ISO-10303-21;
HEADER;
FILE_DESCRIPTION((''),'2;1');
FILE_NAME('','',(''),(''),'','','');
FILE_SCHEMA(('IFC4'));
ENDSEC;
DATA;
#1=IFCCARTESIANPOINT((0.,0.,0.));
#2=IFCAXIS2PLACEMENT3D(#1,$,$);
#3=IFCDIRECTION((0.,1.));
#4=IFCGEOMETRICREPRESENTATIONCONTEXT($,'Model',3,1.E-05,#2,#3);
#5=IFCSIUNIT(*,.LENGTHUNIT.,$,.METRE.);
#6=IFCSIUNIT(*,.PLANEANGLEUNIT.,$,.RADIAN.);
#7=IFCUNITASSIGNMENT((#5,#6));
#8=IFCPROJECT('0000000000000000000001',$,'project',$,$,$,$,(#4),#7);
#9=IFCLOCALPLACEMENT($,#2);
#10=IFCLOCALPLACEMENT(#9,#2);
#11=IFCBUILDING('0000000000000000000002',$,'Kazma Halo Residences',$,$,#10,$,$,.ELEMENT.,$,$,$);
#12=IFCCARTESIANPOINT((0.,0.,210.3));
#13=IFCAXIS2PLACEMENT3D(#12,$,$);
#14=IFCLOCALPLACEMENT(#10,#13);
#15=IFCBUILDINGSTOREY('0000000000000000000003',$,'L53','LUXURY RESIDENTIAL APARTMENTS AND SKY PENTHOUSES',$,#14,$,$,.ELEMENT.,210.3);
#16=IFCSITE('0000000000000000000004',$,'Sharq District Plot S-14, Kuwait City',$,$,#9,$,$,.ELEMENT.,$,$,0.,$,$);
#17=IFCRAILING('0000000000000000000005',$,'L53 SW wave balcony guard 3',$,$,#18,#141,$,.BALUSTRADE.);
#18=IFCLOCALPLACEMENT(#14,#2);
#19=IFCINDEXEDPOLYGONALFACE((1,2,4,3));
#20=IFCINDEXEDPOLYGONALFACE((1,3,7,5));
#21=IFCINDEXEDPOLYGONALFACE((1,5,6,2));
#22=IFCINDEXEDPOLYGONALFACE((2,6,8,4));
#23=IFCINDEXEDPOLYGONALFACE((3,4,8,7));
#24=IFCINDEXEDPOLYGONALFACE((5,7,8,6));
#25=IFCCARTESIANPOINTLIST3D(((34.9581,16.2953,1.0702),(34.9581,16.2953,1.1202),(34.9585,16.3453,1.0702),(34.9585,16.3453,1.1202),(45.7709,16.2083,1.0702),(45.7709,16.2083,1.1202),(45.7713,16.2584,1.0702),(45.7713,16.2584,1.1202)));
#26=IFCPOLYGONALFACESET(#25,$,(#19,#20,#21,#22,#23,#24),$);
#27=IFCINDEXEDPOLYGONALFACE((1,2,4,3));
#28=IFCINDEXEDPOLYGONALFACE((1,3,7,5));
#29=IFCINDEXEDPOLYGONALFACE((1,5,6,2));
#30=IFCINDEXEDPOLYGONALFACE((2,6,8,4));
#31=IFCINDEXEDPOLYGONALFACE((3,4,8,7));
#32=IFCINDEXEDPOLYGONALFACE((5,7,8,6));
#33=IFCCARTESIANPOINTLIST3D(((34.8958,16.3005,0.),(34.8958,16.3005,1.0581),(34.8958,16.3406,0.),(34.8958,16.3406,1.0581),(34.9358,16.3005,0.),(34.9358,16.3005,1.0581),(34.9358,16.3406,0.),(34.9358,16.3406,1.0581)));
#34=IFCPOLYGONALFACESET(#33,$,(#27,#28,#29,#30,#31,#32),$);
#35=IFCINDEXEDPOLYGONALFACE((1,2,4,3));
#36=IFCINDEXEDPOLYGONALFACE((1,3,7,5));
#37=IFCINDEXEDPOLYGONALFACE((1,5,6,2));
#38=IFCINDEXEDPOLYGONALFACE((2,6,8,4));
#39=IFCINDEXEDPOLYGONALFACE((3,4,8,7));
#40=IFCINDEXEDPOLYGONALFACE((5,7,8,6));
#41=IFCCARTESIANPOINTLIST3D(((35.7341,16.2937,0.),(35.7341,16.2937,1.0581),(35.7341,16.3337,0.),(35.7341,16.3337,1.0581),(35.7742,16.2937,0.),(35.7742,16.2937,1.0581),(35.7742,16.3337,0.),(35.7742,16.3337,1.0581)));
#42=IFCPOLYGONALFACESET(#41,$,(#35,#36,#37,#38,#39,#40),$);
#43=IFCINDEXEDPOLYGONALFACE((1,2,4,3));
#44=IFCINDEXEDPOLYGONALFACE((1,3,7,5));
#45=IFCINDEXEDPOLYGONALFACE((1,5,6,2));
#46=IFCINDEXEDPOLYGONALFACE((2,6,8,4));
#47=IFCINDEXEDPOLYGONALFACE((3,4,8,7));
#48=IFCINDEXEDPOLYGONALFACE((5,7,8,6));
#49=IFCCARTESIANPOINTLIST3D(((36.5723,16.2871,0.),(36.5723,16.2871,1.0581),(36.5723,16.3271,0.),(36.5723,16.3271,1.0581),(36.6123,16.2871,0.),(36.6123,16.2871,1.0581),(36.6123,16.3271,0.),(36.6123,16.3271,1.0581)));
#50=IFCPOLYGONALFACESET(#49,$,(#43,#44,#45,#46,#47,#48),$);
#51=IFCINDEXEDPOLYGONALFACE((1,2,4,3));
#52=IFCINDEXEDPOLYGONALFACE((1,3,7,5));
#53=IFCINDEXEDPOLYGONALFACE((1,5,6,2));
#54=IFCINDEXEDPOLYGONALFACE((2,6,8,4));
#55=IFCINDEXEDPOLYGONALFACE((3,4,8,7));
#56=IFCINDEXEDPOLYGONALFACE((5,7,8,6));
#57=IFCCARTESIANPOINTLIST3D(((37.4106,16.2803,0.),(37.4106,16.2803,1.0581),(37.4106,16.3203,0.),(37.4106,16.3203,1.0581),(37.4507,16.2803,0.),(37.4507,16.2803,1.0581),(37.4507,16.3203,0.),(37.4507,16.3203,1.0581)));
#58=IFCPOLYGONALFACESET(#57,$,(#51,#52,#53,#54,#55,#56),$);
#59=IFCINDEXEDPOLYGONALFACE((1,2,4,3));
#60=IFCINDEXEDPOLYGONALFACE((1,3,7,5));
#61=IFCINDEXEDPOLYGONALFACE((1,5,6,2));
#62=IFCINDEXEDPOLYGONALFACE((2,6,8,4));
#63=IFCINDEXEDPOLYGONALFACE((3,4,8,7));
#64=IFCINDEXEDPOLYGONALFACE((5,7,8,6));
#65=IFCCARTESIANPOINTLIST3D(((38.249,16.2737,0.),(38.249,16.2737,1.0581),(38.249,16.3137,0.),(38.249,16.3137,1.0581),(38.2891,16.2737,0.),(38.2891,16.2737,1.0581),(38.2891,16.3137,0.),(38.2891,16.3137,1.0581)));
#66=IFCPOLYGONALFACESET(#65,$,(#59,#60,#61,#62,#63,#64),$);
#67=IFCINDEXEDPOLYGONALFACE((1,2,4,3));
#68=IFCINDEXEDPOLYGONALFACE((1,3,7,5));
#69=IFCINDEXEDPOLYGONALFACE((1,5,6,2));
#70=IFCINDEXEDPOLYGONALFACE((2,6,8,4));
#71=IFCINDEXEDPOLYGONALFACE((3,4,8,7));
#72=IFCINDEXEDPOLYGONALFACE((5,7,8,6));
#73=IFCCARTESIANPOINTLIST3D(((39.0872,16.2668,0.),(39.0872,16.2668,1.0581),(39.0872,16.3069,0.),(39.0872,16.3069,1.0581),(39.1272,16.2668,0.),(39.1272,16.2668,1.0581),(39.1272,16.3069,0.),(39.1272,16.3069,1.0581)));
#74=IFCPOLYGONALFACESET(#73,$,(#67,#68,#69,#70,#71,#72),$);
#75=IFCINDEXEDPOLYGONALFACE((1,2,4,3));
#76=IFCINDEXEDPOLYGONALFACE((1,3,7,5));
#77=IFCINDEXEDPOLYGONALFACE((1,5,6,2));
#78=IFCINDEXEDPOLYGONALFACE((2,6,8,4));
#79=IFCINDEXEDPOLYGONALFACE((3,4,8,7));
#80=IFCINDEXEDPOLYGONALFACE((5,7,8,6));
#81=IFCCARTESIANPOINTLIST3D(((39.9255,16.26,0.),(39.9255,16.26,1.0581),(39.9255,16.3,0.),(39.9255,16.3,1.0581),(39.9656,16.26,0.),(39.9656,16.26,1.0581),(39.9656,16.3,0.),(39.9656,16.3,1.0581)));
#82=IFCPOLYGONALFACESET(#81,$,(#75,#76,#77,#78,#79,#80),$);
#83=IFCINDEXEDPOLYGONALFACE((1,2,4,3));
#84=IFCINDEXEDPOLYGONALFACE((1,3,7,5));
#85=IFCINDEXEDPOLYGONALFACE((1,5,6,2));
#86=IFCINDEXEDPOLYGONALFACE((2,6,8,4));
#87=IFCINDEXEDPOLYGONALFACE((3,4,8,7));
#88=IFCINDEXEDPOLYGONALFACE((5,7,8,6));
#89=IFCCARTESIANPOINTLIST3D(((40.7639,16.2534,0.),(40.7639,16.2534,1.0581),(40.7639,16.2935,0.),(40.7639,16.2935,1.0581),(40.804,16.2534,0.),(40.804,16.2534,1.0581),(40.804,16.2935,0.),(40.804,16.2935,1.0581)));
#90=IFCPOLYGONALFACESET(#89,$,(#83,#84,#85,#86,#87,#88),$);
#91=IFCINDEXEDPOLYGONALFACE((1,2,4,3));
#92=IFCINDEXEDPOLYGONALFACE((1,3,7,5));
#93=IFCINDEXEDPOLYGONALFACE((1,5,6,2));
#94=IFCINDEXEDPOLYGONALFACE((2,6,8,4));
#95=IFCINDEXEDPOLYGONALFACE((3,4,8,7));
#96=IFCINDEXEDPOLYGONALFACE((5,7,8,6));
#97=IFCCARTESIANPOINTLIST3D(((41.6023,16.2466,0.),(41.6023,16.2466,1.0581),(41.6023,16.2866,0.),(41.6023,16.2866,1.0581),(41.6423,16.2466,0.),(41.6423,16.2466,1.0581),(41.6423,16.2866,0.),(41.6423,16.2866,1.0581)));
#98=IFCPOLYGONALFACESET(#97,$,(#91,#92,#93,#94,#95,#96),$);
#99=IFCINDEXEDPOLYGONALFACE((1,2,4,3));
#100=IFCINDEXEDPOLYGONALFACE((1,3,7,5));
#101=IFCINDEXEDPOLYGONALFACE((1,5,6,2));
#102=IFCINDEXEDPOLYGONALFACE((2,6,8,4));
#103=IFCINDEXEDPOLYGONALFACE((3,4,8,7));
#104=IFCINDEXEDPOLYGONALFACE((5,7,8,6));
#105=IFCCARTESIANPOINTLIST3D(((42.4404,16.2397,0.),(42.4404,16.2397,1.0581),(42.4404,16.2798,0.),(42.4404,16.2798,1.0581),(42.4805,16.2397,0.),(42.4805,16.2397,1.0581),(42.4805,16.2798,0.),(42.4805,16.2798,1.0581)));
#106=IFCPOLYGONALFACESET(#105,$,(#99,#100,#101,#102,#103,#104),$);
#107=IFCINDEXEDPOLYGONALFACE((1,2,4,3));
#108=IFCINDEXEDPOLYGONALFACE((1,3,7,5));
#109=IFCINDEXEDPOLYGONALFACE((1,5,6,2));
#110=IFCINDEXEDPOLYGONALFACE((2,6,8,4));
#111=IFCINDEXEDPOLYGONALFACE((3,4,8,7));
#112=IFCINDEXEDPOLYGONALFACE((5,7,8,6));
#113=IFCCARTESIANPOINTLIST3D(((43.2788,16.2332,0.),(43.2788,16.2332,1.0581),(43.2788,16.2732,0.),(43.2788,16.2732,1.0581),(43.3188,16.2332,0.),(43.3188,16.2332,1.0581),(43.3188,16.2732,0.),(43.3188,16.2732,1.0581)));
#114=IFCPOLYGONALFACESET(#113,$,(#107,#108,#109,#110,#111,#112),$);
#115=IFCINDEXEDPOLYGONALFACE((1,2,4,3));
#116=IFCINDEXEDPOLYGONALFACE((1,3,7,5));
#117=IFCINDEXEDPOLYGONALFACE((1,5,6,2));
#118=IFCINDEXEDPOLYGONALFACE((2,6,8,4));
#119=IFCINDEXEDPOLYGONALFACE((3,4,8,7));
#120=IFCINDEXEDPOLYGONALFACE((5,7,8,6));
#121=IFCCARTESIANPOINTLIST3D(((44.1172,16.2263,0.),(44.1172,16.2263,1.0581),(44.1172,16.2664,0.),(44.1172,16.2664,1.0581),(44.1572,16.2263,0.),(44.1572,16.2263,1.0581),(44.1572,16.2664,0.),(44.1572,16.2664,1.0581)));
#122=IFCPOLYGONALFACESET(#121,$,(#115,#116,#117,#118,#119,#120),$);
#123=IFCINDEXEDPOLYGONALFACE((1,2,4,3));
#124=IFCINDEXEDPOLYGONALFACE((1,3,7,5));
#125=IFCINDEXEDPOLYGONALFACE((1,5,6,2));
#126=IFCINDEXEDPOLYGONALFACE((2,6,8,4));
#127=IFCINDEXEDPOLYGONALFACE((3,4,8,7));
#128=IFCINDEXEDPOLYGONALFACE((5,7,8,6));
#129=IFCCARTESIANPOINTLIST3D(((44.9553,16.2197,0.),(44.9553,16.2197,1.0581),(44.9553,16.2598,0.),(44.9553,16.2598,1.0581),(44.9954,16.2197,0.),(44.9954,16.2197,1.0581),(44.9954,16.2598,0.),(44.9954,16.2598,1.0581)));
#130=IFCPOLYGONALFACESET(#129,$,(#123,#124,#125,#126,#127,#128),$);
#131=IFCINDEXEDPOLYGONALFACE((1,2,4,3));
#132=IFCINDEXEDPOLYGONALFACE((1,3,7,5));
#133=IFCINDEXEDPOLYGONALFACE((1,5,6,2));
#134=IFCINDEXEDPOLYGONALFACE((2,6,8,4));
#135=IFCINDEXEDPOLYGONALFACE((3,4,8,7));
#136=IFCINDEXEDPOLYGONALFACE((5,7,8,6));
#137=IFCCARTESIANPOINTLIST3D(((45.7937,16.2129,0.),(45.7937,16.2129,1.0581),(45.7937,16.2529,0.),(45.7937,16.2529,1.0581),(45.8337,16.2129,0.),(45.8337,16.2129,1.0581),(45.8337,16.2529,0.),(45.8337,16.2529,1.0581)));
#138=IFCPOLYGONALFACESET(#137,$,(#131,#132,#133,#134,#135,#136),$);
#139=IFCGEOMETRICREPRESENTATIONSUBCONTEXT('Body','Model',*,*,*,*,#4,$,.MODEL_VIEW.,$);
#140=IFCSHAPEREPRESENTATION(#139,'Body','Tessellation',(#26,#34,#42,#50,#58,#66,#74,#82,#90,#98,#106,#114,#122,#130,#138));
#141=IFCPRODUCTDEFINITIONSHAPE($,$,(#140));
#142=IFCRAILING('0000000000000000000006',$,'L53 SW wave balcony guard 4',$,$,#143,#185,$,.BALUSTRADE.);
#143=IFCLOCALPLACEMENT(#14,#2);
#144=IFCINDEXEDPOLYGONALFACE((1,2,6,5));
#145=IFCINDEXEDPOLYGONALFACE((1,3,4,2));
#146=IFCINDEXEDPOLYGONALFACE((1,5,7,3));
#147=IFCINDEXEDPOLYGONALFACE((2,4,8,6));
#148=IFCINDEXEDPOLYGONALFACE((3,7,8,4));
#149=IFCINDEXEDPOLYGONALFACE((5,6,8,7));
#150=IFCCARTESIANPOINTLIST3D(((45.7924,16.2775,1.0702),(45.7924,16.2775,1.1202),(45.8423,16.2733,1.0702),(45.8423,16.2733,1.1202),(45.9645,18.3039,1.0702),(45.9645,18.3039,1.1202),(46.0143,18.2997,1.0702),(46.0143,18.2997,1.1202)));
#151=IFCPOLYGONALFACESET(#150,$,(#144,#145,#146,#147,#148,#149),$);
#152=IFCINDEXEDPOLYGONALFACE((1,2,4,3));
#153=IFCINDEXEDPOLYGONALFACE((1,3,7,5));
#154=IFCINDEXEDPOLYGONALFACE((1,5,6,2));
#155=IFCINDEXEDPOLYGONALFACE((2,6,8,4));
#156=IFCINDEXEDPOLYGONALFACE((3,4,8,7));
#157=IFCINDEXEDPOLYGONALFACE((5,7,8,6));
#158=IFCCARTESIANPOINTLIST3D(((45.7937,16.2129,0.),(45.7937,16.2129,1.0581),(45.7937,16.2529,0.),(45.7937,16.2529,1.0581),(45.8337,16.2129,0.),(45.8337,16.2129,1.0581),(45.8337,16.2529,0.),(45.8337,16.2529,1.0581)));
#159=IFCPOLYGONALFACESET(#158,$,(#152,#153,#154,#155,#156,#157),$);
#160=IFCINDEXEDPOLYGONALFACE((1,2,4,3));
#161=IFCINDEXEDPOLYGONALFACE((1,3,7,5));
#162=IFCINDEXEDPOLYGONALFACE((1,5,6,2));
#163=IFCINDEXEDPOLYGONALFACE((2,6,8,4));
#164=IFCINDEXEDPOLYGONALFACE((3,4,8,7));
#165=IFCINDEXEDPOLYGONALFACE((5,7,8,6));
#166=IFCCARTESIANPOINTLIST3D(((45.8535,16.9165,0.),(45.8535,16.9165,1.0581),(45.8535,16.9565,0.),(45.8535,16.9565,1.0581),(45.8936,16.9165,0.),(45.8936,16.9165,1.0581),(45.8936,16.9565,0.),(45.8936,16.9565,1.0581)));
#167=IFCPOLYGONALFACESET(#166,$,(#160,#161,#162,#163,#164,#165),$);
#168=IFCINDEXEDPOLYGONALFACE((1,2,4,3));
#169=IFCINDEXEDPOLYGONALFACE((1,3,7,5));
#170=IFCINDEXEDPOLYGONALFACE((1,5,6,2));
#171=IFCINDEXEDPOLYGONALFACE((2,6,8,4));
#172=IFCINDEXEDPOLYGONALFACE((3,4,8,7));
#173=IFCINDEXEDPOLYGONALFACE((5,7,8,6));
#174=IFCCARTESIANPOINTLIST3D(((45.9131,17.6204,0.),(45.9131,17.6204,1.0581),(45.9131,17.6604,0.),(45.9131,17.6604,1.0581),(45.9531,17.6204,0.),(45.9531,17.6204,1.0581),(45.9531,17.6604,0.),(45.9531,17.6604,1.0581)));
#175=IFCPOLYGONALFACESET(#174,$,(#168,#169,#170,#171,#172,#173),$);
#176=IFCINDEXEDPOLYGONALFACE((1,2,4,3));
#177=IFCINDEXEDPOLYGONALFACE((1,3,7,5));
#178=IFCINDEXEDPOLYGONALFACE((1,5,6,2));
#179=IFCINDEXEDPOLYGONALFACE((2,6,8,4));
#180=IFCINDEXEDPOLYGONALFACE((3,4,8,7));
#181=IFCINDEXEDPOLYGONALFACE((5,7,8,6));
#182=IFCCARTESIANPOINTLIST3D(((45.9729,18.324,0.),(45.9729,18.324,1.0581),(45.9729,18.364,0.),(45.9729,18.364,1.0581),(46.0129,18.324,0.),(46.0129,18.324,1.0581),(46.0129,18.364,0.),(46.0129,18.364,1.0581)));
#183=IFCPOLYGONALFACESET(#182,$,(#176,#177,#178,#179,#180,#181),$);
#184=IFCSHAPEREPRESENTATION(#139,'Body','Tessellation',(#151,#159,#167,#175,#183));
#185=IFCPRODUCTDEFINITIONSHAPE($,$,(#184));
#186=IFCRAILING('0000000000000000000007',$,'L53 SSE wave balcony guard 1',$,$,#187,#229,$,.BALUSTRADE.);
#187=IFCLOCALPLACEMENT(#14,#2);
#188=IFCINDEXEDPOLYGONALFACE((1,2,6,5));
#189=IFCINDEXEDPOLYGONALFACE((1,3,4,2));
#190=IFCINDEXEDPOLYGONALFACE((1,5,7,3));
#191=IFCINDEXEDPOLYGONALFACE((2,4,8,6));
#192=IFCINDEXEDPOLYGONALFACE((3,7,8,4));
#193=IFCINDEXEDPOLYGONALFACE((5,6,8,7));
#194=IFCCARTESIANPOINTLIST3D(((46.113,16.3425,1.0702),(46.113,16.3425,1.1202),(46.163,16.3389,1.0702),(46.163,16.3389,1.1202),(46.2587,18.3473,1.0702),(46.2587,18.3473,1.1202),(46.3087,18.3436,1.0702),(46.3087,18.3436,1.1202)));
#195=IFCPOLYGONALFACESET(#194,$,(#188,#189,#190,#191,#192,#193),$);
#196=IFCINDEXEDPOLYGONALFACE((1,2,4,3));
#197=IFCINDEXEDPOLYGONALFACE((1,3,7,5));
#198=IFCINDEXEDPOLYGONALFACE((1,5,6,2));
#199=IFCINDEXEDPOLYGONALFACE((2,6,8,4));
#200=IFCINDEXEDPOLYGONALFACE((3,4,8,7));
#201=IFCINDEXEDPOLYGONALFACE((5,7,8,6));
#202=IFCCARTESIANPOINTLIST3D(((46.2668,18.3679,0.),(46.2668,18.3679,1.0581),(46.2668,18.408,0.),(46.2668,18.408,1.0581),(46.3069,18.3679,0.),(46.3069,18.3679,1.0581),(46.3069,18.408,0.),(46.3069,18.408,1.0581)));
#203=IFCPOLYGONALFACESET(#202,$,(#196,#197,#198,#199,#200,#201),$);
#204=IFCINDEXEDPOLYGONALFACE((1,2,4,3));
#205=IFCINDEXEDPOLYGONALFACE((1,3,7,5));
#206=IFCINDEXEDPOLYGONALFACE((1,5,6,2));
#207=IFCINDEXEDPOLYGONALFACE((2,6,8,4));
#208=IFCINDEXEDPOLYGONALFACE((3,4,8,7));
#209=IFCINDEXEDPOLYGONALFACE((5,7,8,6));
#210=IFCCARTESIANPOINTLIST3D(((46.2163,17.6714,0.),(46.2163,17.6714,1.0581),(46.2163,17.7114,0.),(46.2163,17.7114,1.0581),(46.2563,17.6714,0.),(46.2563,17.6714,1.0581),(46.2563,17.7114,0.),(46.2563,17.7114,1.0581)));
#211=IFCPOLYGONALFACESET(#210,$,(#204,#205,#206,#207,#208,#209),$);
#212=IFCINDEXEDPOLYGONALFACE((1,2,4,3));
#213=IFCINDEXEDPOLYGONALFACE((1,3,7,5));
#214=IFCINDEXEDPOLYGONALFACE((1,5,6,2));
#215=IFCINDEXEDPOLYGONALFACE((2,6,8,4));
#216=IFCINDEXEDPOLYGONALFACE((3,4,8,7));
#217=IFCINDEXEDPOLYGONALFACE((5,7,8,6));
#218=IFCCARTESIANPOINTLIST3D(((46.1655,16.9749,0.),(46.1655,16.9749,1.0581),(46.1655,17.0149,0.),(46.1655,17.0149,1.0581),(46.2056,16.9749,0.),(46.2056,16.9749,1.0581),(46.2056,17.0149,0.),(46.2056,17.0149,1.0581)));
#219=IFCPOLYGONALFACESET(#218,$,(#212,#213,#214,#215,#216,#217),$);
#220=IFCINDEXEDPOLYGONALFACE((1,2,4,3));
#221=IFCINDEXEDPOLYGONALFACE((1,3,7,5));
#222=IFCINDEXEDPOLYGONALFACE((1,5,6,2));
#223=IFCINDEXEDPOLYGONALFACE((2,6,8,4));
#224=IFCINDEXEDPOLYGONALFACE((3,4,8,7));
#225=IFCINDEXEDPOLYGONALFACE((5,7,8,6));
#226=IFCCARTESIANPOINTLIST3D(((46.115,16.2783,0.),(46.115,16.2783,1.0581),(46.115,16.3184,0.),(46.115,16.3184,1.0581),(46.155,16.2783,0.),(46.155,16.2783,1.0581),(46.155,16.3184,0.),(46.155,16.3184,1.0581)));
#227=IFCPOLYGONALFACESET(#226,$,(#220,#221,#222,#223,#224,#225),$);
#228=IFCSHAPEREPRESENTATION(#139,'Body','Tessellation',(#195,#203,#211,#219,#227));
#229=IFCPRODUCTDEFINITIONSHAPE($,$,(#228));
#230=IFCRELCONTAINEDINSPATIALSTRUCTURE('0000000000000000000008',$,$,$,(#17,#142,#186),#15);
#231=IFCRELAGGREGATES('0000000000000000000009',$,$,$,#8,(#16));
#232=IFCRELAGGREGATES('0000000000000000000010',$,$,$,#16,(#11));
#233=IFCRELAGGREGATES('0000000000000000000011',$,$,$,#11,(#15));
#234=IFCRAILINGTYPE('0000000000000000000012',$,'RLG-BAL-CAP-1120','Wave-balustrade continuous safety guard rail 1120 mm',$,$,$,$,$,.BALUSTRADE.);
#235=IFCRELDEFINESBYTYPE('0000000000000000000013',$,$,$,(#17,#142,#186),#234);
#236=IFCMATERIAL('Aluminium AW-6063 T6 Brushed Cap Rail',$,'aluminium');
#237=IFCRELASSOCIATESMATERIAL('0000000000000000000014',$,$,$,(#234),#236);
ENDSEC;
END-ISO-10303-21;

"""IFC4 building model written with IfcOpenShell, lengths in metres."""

from ifc_helpers import new_model, si_unit, direction, frame, origin, origin_2d, place, context, subcontext, project, spatial, rectangle, extrude, material, type_object, element, save


model = new_model("IFC4")

# Units and contexts
model_context = context("Model", 3, precision=1e-05, world=origin(), true_north=direction((0.0, 1.0)))
body_context = subcontext(model_context, "Body", "Model", "MODEL_VIEW")
ifc_project = project(units=[si_unit("LENGTHUNIT", "METRE"), si_unit("PLANEANGLEUNIT", "RADIAN")], contexts=[model_context])

# Site, building, storey
site_placement = place(None, origin())
site = spatial("IfcSite", under=ifc_project, at=site_placement, Name="Sharq District Plot S-14, Kuwait City", CompositionType="ELEMENT", RefElevation=0.0)
building_placement = place(site_placement, origin())
building = spatial("IfcBuilding", under=site, at=building_placement, Name="Kazma Halo Residences", CompositionType="ELEMENT")
storey_placement = place(building_placement, frame((0.0, 0.0, 210.3)))
storey = spatial("IfcBuildingStorey", under=building, at=storey_placement, Name="L53", Description="LUXURY RESIDENTIAL APARTMENTS AND SKY PENTHOUSES", CompositionType="ELEMENT", Elevation=210.3)

# Railings
ifc_material_1 = material(Name="Aluminium AW-6063 T6 Brushed Cap Rail", Category="aluminium")
railing_type = type_object("IfcRailingType", Name="RLG-BAL-CAP-1120", Description="Wave-balustrade continuous safety guard rail 1120 mm", PredefinedType="BALUSTRADE", material=ifc_material_1)
railing_1_placement = place(storey_placement, frame((34.9158, 16.3206, 0.0)))
element("IfcRailing", 1, at=railing_1_placement, inside=storey, type_object=railing_type, Name="L53 SW wave balcony guard 3", PredefinedType="BALUSTRADE", context=body_context, shape_type="SweptSolid", body=[
    extrude(rectangle(XDim=0.05, YDim=0.05, at=origin_2d()), frame((0.0425, -0.0002, 1.0952), z_axis=(0.999968, -0.008042, 0.0), x_axis=(0.008042, 0.999968, 0.0)), (0.0, 0.0, 1.0), 10.8132),
    extrude(rectangle(XDim=0.04, YDim=0.04, at=origin_2d()), origin(), (0.0, 0.0, 1.0), 1.0581),
    extrude(rectangle(XDim=0.04, YDim=0.04, at=origin_2d()), frame((0.8384, -0.0068, 0.0)), (0.0, 0.0, 1.0), 1.0581),
    extrude(rectangle(XDim=0.04, YDim=0.04, at=origin_2d()), frame((1.6765, -0.0134, 0.0)), (0.0, 0.0, 1.0), 1.0581),
    extrude(rectangle(XDim=0.04, YDim=0.04, at=origin_2d()), frame((2.5149, -0.0203, 0.0)), (0.0, 0.0, 1.0), 1.0581),
    extrude(rectangle(XDim=0.04, YDim=0.04, at=origin_2d()), frame((3.3533, -0.0269, 0.0)), (0.0, 0.0, 1.0), 1.0581),
    extrude(rectangle(XDim=0.04, YDim=0.04, at=origin_2d()), frame((4.1914, -0.0337, 0.0)), (0.0, 0.0, 1.0), 1.0581),
    extrude(rectangle(XDim=0.04, YDim=0.04, at=origin_2d()), frame((5.0298, -0.0405, 0.0)), (0.0, 0.0, 1.0), 1.0581),
    extrude(rectangle(XDim=0.04, YDim=0.04, at=origin_2d()), frame((5.8682, -0.0471, 0.0)), (0.0, 0.0, 1.0), 1.0581),
    extrude(rectangle(XDim=0.04, YDim=0.04, at=origin_2d()), frame((6.7065, -0.054, 0.0)), (0.0, 0.0, 1.0), 1.0581),
    extrude(rectangle(XDim=0.04, YDim=0.04, at=origin_2d()), frame((7.5447, -0.0608, 0.0)), (0.0, 0.0, 1.0), 1.0581),
    extrude(rectangle(XDim=0.04, YDim=0.04, at=origin_2d()), frame((8.3831, -0.0674, 0.0)), (0.0, 0.0, 1.0), 1.0581),
    extrude(rectangle(XDim=0.04, YDim=0.04, at=origin_2d()), frame((9.2214, -0.0742, 0.0)), (0.0, 0.0, 1.0), 1.0581),
    extrude(rectangle(XDim=0.04, YDim=0.04, at=origin_2d()), frame((10.0596, -0.0808, 0.0)), (0.0, 0.0, 1.0), 1.0581),
    extrude(rectangle(XDim=0.04, YDim=0.04, at=origin_2d()), frame((10.8979, -0.0876, 0.0)), (0.0, 0.0, 1.0), 1.0581),
])
railing_2_placement = place(storey_placement, frame((45.8137, 16.2329, 0.0)))
element("IfcRailing", 2, at=railing_2_placement, inside=storey, type_object=railing_type, Name="L53 SW wave balcony guard 4", PredefinedType="BALUSTRADE", context=body_context, shape_type="SweptSolid", body=[
    extrude(rectangle(XDim=0.05, YDim=0.05, at=origin_2d()), frame((0.0037, 0.0425, 1.0952), z_axis=(0.084581, 0.996417, 0.0), x_axis=(-0.996417, 0.084581, 0.0)), (0.0, 0.0, 1.0), 2.0337),
    extrude(rectangle(XDim=0.04, YDim=0.04, at=origin_2d()), origin(), (0.0, 0.0, 1.0), 1.0581),
    extrude(rectangle(XDim=0.04, YDim=0.04, at=origin_2d()), frame((0.0598, 0.7036, 0.0)), (0.0, 0.0, 1.0), 1.0581),
    extrude(rectangle(XDim=0.04, YDim=0.04, at=origin_2d()), frame((0.1194, 1.4075, 0.0)), (0.0, 0.0, 1.0), 1.0581),
    extrude(rectangle(XDim=0.04, YDim=0.04, at=origin_2d()), frame((0.1792, 2.1111, 0.0)), (0.0, 0.0, 1.0), 1.0581),
])
railing_3_placement = place(storey_placement, frame((46.2869, 18.3879, 0.0)))
element("IfcRailing", 3, at=railing_3_placement, inside=storey, type_object=railing_type, Name="L53 SSE wave balcony guard 1", PredefinedType="BALUSTRADE", context=body_context, shape_type="SweptSolid", body=[
    extrude(rectangle(XDim=0.05, YDim=0.05, at=origin_2d()), frame((-0.0032, -0.0425, 1.0952), z_axis=(-0.072481, -0.99737, 0.0), x_axis=(0.99737, -0.072481, 0.0)), (0.0, 0.0, 1.0), 2.01),
    extrude(rectangle(XDim=0.04, YDim=0.04, at=origin_2d()), origin(), (0.0, 0.0, 1.0), 1.0581),
    extrude(rectangle(XDim=0.04, YDim=0.04, at=origin_2d()), frame((-0.0505, -0.6965, 0.0)), (0.0, 0.0, 1.0), 1.0581),
    extrude(rectangle(XDim=0.04, YDim=0.04, at=origin_2d()), frame((-0.1013, -1.3931, 0.0)), (0.0, 0.0, 1.0), 1.0581),
    extrude(rectangle(XDim=0.04, YDim=0.04, at=origin_2d()), frame((-0.1519, -2.0896, 0.0)), (0.0, 0.0, 1.0), 1.0581),
])

save(model, "model.ifc")
